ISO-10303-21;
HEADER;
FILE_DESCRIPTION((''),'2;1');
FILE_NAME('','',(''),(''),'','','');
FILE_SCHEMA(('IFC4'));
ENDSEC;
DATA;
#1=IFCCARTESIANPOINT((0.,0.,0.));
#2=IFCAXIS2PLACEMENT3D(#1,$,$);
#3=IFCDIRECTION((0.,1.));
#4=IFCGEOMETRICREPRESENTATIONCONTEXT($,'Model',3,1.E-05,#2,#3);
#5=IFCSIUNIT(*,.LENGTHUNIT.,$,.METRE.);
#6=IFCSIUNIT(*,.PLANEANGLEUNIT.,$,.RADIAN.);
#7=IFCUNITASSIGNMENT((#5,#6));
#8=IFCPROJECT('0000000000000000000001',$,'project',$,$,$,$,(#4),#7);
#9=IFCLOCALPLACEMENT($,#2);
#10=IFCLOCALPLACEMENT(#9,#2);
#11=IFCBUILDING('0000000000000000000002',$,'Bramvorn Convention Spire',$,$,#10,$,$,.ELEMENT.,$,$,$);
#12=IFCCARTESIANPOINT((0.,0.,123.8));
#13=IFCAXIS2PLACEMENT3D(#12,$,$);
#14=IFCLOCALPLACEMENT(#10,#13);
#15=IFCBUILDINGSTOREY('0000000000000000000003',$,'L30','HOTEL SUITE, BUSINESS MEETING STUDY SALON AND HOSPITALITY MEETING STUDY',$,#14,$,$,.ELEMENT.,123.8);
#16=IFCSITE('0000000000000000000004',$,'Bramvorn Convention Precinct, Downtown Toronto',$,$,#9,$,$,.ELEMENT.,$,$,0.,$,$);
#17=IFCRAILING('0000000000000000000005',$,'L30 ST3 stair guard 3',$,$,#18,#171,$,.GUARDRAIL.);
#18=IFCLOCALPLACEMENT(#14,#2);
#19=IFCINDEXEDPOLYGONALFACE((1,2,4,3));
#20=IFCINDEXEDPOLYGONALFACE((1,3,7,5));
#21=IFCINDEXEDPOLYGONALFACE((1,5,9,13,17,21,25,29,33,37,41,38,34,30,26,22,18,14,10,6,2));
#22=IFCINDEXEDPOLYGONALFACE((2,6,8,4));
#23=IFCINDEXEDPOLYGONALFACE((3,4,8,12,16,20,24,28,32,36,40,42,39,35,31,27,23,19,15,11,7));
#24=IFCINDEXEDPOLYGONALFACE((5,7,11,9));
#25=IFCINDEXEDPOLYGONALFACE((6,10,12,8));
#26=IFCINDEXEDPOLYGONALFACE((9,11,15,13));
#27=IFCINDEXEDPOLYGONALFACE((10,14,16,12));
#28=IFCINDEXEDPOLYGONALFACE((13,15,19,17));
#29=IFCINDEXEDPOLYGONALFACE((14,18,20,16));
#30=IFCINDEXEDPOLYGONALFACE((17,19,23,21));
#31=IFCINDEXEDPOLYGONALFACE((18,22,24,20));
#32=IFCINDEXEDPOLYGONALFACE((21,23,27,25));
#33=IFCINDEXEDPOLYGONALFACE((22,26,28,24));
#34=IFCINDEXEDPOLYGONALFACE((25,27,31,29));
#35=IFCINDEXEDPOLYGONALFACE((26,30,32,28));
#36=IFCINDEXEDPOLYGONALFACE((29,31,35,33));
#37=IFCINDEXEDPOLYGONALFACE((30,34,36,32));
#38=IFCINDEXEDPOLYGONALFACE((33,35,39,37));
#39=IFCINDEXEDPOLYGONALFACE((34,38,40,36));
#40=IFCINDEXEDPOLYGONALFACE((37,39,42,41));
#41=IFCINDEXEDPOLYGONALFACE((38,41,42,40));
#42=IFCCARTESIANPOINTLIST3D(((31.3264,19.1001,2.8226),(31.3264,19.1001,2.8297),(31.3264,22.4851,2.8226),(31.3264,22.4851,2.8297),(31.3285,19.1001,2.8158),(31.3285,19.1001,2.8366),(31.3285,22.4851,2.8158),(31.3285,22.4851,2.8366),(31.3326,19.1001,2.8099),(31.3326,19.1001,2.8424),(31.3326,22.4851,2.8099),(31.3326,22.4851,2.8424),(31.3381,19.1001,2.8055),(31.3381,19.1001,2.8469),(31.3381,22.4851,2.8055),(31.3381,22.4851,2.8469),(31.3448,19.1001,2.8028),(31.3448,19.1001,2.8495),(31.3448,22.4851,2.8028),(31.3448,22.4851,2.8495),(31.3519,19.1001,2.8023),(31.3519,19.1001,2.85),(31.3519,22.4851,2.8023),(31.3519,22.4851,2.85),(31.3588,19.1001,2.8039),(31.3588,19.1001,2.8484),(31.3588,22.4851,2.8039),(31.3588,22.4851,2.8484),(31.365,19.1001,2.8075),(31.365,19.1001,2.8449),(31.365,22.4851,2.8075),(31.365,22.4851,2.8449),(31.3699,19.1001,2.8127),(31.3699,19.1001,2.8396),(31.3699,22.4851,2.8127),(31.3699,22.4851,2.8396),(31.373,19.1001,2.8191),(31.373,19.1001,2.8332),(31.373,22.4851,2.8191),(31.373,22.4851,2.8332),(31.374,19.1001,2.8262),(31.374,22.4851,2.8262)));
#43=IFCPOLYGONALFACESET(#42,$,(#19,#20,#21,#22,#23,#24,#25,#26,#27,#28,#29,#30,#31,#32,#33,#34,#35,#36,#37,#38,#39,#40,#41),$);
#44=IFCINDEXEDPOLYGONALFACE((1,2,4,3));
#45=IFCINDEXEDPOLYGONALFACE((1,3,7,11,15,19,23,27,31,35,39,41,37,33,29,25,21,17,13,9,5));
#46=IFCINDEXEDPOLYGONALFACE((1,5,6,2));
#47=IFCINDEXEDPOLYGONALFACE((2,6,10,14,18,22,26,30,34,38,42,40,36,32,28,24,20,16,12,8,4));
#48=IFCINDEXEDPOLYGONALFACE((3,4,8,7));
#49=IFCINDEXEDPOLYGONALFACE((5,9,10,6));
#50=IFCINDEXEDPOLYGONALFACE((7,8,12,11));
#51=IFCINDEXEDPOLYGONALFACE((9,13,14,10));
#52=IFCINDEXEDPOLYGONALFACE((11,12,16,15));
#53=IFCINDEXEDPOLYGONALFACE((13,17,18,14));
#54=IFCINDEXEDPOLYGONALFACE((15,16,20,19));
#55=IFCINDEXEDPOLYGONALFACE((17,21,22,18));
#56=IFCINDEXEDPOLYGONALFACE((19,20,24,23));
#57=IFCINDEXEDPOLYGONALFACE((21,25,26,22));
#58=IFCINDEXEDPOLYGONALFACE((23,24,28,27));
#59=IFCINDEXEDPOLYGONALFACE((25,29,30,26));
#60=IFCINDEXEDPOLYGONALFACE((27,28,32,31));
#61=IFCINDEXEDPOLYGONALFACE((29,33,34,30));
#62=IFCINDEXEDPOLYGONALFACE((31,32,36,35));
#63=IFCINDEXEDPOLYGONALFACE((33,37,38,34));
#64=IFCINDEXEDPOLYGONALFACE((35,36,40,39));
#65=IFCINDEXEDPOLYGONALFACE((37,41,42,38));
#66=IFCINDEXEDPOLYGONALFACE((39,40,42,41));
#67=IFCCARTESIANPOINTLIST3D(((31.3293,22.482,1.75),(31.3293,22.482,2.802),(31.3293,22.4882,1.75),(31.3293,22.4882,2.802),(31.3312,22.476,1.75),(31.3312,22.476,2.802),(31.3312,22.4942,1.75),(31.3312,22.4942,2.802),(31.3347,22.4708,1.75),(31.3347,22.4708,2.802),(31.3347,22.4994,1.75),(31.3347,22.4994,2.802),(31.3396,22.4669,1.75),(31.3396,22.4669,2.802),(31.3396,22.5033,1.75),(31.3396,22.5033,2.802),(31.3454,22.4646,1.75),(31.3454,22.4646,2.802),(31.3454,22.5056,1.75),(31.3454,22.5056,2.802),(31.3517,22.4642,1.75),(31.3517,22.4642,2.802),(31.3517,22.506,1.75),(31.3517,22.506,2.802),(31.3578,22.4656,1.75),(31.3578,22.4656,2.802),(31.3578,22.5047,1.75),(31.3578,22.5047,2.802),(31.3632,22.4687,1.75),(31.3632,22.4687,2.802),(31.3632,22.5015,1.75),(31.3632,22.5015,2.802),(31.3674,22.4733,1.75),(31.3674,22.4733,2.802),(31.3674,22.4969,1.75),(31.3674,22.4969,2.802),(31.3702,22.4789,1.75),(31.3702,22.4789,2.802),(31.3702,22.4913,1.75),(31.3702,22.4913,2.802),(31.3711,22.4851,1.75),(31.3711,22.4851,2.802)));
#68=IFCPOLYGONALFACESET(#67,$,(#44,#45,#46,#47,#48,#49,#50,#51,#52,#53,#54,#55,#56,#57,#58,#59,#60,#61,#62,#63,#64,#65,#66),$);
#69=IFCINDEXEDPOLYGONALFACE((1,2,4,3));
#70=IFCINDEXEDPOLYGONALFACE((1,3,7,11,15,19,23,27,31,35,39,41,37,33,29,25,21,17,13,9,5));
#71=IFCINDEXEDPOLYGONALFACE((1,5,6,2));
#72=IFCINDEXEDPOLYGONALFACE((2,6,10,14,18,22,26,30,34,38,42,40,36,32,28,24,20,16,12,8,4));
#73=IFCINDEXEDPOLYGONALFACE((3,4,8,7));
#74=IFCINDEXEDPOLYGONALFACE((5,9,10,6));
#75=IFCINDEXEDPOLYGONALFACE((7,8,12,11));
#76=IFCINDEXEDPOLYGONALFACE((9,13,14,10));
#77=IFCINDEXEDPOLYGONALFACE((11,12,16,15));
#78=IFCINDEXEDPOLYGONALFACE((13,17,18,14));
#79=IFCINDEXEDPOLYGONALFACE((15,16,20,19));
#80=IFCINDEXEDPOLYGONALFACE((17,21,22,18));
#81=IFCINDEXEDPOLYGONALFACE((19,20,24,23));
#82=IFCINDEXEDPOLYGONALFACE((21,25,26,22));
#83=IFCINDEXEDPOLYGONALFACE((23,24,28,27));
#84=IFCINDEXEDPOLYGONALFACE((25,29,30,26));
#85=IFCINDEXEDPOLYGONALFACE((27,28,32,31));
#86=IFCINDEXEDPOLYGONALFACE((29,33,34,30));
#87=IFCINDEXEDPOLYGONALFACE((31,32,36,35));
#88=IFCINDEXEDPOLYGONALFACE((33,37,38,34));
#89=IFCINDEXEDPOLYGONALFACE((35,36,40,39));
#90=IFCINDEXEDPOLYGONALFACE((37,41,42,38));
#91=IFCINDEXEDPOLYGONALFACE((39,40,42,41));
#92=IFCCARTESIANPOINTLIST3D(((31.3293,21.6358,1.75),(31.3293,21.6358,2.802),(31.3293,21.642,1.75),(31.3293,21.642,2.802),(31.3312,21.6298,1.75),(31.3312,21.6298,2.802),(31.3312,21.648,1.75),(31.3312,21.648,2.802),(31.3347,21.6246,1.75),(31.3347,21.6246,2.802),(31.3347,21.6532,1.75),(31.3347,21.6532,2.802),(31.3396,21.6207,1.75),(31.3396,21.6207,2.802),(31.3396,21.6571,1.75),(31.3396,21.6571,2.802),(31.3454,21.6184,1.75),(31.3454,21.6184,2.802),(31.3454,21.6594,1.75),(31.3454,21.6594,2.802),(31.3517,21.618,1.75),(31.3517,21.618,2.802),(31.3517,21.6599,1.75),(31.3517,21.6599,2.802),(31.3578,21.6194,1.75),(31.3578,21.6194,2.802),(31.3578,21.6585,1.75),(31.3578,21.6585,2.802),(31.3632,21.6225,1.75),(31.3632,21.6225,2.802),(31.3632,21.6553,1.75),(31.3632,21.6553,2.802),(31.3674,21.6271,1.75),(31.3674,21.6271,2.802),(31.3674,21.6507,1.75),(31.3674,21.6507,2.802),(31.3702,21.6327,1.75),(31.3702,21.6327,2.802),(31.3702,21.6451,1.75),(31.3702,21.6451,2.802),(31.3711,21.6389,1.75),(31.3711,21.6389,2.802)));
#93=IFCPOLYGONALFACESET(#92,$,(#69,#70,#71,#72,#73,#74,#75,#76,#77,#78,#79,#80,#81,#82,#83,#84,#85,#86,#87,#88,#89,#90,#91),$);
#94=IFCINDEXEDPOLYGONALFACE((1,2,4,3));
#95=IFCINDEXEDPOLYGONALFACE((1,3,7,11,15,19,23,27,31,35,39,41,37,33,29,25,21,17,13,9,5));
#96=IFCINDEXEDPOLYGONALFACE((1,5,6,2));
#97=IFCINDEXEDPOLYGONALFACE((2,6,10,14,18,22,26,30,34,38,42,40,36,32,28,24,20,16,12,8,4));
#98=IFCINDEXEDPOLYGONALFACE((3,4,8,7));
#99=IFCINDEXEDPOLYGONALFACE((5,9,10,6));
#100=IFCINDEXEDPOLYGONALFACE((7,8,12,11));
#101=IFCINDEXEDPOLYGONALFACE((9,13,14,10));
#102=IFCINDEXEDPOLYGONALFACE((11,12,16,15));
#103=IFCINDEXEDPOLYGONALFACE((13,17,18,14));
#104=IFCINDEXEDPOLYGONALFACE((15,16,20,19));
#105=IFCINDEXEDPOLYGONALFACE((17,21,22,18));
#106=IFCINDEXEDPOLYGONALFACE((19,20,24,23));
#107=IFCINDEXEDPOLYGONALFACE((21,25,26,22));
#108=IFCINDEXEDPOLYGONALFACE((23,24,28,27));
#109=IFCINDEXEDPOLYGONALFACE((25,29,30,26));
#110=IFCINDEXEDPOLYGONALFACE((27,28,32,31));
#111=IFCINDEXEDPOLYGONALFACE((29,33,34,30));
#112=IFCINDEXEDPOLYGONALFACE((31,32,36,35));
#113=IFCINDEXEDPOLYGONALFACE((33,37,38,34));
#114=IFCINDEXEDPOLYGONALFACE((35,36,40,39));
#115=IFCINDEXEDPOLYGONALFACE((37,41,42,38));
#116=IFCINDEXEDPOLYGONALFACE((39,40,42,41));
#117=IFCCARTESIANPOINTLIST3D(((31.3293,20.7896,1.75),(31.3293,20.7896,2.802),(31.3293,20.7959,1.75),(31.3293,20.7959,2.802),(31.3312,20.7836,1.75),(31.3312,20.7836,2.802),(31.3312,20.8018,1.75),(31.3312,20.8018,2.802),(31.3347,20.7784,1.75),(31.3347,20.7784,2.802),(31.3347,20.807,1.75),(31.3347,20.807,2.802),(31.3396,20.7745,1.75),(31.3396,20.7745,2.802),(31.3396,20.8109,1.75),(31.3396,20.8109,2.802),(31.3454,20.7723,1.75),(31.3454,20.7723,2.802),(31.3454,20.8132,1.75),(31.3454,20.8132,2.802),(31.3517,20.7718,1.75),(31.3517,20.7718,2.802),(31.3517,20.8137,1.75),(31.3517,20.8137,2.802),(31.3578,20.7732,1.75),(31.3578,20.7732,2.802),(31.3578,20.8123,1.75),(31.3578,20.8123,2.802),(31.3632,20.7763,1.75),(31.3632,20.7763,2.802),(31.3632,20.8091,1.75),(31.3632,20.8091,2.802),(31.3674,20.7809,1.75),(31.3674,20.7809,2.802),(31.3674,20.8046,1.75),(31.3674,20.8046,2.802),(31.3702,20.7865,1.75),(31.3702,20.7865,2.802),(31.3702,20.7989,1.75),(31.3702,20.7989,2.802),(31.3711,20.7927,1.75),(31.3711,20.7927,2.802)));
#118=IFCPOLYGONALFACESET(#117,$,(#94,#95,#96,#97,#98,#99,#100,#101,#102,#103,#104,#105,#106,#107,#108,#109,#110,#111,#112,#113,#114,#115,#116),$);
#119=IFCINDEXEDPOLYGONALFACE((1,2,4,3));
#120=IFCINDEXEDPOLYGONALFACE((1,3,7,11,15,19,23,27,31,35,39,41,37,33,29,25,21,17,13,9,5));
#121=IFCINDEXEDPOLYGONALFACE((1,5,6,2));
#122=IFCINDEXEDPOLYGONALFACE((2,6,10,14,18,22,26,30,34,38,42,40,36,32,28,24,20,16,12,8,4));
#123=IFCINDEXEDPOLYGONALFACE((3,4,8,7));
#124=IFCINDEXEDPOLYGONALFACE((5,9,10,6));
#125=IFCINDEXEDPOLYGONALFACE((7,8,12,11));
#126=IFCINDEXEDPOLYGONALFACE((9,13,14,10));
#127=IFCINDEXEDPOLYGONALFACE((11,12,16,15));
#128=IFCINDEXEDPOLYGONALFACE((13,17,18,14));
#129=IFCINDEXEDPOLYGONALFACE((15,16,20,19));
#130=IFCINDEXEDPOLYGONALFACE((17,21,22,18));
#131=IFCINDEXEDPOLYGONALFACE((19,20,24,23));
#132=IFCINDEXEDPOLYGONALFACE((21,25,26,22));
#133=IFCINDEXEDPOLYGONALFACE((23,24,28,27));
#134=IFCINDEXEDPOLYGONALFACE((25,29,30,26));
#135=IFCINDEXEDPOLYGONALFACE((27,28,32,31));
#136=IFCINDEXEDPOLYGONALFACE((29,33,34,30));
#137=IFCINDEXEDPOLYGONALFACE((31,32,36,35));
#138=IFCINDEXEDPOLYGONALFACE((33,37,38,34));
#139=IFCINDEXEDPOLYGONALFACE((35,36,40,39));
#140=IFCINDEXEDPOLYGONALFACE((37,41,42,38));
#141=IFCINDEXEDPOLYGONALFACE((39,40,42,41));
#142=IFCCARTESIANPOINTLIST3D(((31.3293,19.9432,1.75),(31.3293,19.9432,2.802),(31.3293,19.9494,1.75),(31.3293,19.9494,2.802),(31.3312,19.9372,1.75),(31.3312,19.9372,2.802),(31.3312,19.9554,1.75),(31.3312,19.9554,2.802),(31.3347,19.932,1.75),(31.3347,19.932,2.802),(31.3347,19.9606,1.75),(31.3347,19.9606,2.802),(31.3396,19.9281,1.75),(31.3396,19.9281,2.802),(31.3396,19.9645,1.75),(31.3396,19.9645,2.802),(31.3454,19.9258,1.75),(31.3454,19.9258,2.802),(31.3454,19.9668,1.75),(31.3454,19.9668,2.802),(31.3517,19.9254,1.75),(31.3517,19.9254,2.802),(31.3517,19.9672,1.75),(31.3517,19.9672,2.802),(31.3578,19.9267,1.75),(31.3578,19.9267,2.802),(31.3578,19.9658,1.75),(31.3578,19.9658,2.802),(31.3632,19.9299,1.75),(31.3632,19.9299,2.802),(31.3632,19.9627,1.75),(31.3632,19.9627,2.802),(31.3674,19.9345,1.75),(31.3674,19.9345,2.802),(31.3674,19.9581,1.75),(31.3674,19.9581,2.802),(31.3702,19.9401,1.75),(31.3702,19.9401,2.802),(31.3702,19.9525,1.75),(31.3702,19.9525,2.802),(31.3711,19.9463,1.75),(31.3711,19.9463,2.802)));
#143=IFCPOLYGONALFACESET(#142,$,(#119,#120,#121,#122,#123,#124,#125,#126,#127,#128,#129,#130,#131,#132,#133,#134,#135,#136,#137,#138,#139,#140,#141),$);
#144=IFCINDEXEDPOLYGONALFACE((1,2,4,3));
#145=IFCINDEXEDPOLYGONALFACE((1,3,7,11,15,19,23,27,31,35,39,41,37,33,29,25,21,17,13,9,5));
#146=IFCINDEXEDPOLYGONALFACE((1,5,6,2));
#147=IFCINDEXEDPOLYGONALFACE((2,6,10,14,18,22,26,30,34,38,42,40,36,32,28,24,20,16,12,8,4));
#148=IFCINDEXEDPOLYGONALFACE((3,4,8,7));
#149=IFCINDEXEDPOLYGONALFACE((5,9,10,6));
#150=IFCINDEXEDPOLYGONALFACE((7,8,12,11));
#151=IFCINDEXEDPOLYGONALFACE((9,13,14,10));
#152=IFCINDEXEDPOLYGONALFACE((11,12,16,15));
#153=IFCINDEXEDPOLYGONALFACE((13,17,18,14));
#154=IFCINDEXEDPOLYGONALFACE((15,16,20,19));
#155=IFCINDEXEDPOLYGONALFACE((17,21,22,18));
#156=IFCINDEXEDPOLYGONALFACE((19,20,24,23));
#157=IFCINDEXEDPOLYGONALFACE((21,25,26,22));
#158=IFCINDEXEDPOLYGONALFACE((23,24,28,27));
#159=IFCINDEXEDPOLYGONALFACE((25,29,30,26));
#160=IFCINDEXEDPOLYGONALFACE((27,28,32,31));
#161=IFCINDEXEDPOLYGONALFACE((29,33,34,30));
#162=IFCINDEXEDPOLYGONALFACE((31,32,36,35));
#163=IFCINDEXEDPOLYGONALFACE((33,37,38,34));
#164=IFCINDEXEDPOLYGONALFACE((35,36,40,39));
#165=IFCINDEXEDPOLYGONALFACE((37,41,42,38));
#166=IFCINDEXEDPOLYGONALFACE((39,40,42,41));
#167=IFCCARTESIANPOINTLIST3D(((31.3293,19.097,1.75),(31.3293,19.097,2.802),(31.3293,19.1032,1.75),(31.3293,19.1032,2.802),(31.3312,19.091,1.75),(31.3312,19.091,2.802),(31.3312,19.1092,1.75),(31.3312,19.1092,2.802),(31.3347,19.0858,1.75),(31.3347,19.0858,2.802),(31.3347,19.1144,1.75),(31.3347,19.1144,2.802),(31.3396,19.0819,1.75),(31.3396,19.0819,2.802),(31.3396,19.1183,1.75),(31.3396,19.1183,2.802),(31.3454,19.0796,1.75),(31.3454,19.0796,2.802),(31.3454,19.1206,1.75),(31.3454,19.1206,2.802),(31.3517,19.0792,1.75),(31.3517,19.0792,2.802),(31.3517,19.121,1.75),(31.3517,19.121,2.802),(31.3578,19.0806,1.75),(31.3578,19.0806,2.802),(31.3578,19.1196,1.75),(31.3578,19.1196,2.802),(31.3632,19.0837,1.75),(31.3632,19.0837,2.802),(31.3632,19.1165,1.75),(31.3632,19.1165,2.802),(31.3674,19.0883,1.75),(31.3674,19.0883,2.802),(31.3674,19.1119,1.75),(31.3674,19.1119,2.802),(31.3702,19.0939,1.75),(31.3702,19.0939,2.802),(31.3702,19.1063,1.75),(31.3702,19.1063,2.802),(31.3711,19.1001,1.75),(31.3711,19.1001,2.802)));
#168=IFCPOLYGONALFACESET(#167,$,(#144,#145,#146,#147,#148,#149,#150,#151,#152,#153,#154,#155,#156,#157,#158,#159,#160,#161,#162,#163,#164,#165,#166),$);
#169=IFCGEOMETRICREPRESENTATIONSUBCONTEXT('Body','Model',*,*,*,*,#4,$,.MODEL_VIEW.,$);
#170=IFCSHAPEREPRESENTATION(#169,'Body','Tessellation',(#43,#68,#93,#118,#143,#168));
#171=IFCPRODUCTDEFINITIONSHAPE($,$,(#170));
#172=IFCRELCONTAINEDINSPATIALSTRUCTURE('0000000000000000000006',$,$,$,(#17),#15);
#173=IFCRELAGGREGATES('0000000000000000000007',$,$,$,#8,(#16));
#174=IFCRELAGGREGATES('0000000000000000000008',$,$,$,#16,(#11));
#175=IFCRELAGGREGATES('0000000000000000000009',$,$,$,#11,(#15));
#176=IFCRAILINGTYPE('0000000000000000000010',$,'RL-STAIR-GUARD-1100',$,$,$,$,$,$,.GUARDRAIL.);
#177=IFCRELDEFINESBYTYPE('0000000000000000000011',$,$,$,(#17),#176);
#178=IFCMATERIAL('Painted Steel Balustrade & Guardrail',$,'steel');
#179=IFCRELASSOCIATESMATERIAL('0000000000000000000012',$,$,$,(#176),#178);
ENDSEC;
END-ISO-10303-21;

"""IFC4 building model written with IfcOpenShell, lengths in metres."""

from ifc_helpers import new_model, si_unit, direction, frame, origin, origin_2d, place, context, subcontext, project, spatial, circle, extrude, material, type_object, element, save


model = new_model("IFC4")

# Units and contexts
model_context = context("Model", 3, precision=1e-05, world=origin(), true_north=direction((0.0, 1.0)))
body_context = subcontext(model_context, "Body", "Model", "MODEL_VIEW")
ifc_project = project(units=[si_unit("LENGTHUNIT", "METRE"), si_unit("PLANEANGLEUNIT", "RADIAN")], contexts=[model_context])

# Site, building, storey
site_placement = place(None, origin())
site = spatial("IfcSite", under=ifc_project, at=site_placement, Name="Bramvorn Convention Precinct, Downtown Toronto", CompositionType="ELEMENT", RefElevation=0.0)
building_placement = place(site_placement, origin())
building = spatial("IfcBuilding", under=site, at=building_placement, Name="Bramvorn Convention Spire", CompositionType="ELEMENT")
storey_placement = place(building_placement, frame((0.0, 0.0, 123.8)))
storey = spatial("IfcBuildingStorey", under=building, at=storey_placement, Name="L30", Description="HOTEL SUITE, BUSINESS MEETING STUDY SALON AND HOSPITALITY MEETING STUDY", CompositionType="ELEMENT", Elevation=123.8)

# Railing
ifc_material_1 = material(Name="Painted Steel Balustrade & Guardrail", Category="steel")
railing_type_1 = type_object("IfcRailingType", Name="RL-STAIR-GUARD-1100", PredefinedType="GUARDRAIL", material=ifc_material_1)
for number, where, name in (
    (1, (31.3501, 22.4851, 1.75), "L30 ST3 stair guard 3"),
):
    element("IfcRailing", number, at=place(storey_placement, frame(where)), inside=storey, type_object=railing_type_1, Name=name, PredefinedType="GUARDRAIL", context=body_context, shape_type="SweptSolid", body=[
        extrude(circle(Radius=0.0239, at=origin_2d()), frame((0.0, 0.0, 1.0762), z_axis=(0.0, -1.0, 0.0), x_axis=(1.0, 0.0, 0.0)), (0.0, 0.0, 1.0), 3.385),
        extrude(circle(Radius=0.021, at=origin_2d()), origin(), (0.0, 0.0, 1.0), 1.052),
        extrude(circle(Radius=0.021, at=origin_2d()), frame((0.0, -0.8462, 0.0)), (0.0, 0.0, 1.0), 1.052),
        extrude(circle(Radius=0.021, at=origin_2d()), frame((0.0, -1.6924, 0.0)), (0.0, 0.0, 1.0), 1.052),
        extrude(circle(Radius=0.021, at=origin_2d()), frame((0.0, -2.5388, 0.0)), (0.0, 0.0, 1.0), 1.052),
        extrude(circle(Radius=0.021, at=origin_2d()), frame((0.0, -3.385, 0.0)), (0.0, 0.0, 1.0), 1.052),
    ])

save(model, "model.ifc")
